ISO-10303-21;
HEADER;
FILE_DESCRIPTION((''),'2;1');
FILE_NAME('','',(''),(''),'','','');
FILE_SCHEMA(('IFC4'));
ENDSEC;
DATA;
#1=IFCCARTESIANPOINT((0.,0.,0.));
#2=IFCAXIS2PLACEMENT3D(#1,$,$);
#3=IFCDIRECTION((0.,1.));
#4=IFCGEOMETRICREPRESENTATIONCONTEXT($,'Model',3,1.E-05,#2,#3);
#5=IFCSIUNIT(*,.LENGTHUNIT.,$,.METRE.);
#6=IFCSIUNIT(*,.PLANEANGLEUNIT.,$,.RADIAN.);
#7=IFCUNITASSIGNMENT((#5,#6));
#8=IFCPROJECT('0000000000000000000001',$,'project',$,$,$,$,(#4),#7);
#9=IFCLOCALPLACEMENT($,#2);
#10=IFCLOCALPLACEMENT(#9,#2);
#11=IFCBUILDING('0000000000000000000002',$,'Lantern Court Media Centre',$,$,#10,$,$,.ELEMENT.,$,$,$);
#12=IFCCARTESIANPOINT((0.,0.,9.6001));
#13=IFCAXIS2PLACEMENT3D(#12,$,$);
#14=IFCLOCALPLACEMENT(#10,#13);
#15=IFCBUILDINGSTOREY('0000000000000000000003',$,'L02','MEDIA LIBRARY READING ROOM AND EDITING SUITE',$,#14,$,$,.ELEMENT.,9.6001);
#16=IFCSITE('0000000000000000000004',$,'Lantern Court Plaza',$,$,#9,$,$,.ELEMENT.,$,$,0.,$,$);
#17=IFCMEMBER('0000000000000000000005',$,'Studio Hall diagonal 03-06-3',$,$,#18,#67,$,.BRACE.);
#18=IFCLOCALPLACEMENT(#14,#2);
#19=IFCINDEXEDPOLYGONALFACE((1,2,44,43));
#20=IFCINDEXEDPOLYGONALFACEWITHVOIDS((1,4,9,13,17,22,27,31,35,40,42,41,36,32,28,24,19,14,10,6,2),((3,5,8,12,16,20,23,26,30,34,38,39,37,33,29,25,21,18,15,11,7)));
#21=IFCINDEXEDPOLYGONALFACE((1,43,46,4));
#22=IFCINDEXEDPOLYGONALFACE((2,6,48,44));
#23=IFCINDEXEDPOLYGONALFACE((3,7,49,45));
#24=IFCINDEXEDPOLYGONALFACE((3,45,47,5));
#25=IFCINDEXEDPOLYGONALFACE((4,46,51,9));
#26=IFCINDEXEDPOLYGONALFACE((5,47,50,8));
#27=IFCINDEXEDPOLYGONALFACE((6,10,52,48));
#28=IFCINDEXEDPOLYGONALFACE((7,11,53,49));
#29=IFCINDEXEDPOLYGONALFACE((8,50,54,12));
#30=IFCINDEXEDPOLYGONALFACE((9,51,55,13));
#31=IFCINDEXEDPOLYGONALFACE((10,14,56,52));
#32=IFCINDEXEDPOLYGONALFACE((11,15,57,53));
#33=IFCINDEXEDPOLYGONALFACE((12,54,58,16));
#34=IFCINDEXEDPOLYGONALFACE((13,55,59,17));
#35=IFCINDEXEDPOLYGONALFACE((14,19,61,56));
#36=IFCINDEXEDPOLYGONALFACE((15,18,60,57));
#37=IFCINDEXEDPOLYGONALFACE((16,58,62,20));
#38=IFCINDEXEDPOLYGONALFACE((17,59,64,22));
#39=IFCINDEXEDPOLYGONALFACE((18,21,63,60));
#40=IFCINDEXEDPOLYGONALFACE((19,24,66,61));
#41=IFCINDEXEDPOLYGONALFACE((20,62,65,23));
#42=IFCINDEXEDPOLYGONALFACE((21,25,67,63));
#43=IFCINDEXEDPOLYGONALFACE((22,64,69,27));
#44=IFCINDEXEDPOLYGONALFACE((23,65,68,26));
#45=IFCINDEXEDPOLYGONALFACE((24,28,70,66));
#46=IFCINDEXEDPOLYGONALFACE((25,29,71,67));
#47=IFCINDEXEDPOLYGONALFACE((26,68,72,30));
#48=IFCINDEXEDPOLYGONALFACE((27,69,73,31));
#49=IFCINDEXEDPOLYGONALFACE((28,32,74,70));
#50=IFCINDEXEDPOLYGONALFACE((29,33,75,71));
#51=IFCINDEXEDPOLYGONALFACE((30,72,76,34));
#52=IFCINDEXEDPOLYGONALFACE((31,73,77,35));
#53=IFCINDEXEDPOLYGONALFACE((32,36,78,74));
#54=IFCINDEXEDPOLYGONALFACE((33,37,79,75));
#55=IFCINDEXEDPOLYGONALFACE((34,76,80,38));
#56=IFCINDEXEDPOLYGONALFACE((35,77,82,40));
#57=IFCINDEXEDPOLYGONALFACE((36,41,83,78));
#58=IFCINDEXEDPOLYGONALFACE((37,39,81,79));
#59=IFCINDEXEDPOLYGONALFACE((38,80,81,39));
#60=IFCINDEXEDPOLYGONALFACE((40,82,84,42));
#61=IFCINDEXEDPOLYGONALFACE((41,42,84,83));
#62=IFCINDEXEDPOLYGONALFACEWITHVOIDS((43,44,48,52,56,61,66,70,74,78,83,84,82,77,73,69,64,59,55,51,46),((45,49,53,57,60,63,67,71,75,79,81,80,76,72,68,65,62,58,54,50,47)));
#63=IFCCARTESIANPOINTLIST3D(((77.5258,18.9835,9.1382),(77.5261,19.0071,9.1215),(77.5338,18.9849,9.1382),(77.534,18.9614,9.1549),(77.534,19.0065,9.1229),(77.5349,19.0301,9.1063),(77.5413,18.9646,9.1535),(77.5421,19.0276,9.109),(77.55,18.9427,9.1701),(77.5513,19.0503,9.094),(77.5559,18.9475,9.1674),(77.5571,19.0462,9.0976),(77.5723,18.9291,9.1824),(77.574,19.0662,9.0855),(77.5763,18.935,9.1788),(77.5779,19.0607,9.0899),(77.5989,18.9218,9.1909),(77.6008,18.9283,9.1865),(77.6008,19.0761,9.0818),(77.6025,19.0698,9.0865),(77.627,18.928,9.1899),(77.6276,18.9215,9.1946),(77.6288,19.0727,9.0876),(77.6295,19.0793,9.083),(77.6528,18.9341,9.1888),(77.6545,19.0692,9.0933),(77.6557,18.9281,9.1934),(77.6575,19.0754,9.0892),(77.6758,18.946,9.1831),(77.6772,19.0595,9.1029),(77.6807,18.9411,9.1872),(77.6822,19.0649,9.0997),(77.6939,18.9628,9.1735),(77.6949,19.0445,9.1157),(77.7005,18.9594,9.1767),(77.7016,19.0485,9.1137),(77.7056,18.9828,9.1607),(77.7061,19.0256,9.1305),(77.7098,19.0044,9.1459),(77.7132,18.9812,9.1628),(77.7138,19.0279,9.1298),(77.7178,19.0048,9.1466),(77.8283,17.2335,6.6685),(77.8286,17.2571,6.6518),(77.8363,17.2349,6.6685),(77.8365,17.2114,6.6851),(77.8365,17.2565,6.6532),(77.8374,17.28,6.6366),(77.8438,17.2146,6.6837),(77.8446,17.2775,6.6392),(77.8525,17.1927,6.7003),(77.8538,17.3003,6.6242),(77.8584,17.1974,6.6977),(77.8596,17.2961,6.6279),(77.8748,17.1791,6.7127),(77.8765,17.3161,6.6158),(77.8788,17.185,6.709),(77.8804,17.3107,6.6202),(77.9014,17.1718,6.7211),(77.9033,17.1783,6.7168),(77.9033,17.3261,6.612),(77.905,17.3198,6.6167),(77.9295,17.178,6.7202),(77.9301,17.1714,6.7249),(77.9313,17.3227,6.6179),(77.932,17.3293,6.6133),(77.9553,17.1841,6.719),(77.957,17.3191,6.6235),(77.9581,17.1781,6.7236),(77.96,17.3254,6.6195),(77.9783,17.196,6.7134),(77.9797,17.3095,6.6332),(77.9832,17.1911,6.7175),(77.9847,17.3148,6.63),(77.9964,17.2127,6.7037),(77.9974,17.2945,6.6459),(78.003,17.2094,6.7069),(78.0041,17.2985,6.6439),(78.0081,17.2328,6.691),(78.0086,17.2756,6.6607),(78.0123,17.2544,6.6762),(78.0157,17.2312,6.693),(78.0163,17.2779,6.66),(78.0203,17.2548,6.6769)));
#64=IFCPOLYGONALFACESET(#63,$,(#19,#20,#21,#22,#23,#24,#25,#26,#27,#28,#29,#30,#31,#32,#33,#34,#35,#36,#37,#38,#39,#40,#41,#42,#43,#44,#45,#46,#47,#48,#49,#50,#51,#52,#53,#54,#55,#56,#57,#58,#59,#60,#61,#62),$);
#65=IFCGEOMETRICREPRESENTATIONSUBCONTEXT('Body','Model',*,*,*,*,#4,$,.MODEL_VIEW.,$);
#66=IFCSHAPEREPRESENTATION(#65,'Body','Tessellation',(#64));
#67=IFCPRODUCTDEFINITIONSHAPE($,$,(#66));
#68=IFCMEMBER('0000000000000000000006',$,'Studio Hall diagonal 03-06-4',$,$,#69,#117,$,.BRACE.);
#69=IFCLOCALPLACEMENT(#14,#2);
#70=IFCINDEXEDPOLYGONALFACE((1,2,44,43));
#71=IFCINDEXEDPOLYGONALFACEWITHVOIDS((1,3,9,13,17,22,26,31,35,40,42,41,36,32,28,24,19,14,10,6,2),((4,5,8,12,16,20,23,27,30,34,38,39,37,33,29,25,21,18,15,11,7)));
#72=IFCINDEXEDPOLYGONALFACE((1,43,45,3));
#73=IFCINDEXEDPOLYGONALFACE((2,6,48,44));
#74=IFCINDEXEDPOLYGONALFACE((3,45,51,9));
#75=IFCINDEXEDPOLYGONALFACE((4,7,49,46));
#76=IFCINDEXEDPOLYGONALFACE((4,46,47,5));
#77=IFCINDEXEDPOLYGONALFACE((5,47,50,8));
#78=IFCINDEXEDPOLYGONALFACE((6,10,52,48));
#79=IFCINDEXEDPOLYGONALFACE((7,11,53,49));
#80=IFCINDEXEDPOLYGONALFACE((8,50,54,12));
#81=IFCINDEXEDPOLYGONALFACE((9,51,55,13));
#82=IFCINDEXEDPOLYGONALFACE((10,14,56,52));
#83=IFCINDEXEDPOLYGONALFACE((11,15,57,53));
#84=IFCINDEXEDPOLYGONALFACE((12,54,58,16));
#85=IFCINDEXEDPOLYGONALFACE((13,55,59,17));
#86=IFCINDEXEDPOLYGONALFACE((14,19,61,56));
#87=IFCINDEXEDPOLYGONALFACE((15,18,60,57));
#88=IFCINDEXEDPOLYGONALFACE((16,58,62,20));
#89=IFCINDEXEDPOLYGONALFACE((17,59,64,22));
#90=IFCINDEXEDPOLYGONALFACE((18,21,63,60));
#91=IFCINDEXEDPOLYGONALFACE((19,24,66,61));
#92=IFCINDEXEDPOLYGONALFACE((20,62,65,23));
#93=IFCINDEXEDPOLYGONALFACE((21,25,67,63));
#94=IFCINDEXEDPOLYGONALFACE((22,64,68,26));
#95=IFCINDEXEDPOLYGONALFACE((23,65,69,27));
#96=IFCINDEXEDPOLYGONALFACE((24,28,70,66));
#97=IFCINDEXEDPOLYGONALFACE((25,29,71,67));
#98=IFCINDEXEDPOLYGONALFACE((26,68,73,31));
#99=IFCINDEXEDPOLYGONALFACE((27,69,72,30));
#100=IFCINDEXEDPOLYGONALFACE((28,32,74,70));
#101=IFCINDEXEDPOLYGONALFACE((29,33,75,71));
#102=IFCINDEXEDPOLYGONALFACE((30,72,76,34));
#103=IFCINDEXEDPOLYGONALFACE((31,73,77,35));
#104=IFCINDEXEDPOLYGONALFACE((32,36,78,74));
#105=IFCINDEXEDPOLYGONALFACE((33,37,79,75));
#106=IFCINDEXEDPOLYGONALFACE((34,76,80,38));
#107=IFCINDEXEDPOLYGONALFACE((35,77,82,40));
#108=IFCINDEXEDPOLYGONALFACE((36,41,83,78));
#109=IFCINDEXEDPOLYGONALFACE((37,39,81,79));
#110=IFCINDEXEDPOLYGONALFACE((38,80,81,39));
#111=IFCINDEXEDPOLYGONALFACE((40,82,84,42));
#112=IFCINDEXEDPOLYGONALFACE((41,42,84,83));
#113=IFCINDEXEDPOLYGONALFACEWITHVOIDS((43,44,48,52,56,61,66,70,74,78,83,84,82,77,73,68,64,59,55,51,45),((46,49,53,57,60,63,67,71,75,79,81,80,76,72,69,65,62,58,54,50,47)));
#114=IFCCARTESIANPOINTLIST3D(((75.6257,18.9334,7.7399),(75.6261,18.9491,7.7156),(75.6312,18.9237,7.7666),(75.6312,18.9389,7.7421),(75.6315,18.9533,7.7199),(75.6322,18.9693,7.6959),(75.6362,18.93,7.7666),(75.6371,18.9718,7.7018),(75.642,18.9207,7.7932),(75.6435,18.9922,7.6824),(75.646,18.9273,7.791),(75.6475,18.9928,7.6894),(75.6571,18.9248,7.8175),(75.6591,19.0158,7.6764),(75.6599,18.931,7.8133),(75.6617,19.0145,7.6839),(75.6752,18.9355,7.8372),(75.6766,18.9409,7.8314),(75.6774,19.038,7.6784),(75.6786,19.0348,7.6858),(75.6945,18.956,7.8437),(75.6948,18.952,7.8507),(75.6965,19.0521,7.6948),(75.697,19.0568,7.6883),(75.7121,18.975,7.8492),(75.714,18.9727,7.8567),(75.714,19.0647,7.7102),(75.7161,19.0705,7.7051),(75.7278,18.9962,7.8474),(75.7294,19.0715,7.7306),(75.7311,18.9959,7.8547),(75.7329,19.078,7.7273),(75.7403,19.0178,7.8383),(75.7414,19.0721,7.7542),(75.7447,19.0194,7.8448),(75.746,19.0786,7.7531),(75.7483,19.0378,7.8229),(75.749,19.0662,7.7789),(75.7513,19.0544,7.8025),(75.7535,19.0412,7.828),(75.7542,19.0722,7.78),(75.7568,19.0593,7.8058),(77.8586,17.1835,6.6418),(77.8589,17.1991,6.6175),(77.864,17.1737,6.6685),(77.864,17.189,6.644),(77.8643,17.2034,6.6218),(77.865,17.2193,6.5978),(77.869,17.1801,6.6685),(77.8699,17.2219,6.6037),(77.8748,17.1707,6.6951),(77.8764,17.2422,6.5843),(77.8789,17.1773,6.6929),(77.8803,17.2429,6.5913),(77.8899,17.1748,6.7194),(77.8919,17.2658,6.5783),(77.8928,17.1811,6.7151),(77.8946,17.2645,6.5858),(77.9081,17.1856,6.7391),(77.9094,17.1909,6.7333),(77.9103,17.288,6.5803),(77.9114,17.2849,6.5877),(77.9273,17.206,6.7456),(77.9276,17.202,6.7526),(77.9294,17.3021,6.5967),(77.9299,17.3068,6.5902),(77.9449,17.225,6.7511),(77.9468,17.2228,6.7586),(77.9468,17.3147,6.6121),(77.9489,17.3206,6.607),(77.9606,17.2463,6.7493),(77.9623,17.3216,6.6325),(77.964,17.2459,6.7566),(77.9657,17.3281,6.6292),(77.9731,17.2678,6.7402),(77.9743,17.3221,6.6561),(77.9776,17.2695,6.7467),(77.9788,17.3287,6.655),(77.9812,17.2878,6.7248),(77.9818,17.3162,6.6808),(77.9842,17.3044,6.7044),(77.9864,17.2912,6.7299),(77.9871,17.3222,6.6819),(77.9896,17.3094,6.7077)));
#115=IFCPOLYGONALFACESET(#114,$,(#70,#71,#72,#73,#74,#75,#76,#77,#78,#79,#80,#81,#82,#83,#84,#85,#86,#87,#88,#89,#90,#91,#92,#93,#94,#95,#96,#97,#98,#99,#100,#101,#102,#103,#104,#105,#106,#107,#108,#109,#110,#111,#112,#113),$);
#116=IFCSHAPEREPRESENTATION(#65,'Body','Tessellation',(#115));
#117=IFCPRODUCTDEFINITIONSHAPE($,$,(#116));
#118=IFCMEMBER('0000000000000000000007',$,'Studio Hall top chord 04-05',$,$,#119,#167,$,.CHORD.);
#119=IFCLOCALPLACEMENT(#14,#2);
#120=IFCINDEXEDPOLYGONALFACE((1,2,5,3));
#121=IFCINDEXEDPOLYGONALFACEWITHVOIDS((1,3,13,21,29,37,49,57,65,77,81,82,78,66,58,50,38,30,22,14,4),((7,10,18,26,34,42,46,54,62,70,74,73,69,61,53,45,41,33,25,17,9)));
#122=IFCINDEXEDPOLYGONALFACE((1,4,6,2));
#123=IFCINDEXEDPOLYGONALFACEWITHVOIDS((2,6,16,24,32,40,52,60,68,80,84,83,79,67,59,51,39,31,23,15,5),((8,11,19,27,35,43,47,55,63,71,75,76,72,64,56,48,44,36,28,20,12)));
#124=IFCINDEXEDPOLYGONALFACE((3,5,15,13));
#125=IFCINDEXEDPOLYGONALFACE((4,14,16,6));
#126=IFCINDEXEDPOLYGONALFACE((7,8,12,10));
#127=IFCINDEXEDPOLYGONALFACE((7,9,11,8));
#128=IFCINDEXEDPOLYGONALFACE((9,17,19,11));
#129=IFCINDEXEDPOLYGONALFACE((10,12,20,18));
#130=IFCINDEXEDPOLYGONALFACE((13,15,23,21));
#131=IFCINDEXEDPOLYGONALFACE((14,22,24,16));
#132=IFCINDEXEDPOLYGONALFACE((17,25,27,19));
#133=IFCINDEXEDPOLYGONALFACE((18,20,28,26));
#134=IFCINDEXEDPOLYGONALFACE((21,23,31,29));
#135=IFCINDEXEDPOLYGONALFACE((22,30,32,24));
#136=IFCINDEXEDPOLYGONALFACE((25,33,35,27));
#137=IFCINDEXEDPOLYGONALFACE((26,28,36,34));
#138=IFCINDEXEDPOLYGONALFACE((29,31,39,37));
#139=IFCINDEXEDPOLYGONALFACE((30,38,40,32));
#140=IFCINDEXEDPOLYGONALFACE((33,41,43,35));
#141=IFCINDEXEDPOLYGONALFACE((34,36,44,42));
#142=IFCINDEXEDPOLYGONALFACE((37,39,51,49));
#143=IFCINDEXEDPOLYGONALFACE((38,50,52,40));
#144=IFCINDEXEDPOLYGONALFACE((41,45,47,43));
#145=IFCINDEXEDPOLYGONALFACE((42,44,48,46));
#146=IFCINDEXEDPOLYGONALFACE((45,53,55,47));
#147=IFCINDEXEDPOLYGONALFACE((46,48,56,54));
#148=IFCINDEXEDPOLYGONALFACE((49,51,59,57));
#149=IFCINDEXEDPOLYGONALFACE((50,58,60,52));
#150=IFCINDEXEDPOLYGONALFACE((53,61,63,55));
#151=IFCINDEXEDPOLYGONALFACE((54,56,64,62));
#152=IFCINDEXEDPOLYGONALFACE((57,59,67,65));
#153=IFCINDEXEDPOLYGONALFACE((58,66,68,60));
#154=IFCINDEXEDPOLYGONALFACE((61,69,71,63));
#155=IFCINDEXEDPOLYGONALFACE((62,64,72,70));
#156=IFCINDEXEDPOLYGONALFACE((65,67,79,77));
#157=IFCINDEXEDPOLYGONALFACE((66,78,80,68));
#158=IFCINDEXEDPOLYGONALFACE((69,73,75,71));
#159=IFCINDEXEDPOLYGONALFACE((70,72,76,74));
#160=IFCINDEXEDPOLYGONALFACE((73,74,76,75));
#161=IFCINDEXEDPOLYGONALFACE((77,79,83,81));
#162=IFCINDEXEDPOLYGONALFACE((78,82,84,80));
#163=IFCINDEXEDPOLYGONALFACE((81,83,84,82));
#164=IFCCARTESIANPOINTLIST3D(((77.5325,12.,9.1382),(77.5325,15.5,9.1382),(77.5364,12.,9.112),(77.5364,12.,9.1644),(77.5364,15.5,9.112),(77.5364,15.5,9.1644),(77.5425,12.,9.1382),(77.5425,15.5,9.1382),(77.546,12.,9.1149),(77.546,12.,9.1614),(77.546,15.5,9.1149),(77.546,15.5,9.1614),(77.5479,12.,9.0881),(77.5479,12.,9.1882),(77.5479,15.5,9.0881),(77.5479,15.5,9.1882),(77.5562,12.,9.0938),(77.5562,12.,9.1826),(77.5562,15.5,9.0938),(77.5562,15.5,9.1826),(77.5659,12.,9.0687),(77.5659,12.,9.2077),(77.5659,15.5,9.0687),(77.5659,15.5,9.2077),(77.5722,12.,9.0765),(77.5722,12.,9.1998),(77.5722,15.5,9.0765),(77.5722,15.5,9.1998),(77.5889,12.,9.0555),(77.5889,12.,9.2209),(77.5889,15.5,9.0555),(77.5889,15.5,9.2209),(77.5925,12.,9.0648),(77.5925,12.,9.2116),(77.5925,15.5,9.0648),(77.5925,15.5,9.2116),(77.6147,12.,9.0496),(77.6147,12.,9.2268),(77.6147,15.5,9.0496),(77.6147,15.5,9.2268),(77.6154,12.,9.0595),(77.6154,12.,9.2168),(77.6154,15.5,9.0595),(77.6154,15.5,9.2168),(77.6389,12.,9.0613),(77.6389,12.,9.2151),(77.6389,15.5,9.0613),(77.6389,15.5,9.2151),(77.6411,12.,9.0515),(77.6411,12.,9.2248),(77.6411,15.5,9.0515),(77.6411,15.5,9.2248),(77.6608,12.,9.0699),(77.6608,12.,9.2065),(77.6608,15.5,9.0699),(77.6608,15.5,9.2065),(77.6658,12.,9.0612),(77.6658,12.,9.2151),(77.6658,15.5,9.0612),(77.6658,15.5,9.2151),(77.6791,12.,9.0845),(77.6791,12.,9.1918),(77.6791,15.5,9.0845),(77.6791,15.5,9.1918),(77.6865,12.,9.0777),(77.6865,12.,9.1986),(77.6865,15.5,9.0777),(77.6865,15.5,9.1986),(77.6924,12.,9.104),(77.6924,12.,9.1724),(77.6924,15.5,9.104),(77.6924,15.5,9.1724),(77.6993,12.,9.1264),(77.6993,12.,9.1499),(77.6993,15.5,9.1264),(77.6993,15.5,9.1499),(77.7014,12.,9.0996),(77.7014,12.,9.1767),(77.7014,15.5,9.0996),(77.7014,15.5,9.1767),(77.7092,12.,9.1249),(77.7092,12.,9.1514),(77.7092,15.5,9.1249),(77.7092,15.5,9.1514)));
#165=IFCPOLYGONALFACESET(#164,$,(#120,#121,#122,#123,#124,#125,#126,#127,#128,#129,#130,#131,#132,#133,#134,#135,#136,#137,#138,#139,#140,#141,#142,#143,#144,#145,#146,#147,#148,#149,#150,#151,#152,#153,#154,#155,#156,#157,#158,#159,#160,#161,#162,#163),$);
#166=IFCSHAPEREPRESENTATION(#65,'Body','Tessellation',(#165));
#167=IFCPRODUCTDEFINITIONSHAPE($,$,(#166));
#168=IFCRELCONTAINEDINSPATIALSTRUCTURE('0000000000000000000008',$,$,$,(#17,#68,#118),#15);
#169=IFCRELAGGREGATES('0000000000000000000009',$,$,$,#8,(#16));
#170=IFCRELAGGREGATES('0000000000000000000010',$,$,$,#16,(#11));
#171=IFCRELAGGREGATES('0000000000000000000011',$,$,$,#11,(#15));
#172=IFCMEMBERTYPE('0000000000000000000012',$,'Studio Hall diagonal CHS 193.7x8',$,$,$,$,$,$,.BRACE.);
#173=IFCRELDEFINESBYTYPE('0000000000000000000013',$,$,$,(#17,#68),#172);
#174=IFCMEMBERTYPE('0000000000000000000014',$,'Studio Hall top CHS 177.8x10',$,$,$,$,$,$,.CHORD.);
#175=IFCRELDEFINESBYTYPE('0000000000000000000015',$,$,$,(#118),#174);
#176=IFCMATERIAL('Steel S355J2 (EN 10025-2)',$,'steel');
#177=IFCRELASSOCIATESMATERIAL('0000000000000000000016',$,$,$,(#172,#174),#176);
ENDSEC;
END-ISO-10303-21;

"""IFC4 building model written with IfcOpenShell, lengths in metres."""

from ifc_helpers import new_model, si_unit, direction, frame, origin, origin_2d, place, context, subcontext, project, spatial, hollow_circle, extrude, material, material_profile, profile_set, type_object, element, save


model = new_model("IFC4")

# Units and contexts
model_context = context("Model", 3, precision=1e-05, world=origin(), true_north=direction((0.0, 1.0)))
body_context = subcontext(model_context, "Body", "Model", "MODEL_VIEW")
ifc_project = project(units=[si_unit("LENGTHUNIT", "METRE"), si_unit("PLANEANGLEUNIT", "RADIAN")], contexts=[model_context])

# Site, building, storey
site_placement = place(None, origin())
site = spatial("IfcSite", under=ifc_project, at=site_placement, Name="Lantern Court Plaza", CompositionType="ELEMENT", RefElevation=0.0)
building_placement = place(site_placement, origin())
building = spatial("IfcBuilding", under=site, at=building_placement, Name="Lantern Court Media Centre", CompositionType="ELEMENT")
storey_placement = place(building_placement, frame((0.0, 0.0, 9.6001)))
storey = spatial("IfcBuildingStorey", under=building, at=storey_placement, Name="L02", Description="MEDIA LIBRARY READING ROOM AND EDITING SUITE", CompositionType="ELEMENT", Elevation=9.6001)

# Members
ifc_material = material(Name="Steel S355J2 (EN 10025-2)", Category="steel")
ifc_material_profile_1 = material_profile(ifc_material, hollow_circle(Radius=0.0969, WallThickness=0.0081, at=origin_2d()), Name="Studio Hall diagonal CHS 193.7x8")
ifc_profile_set_1 = profile_set([ifc_material_profile_1], Name="Steel S355J2 (EN 10025-2)")
member_type_1 = type_object("IfcMemberType", Name="Studio Hall diagonal CHS 193.7x8", PredefinedType="BRACE", material=ifc_profile_set_1)
for number, where, z_axis, x_axis, name in (
    (1, (77.9238, 17.25, 6.6685), (-0.099439, 0.575286, 0.811885), (-0.985388, -0.170326, 0.0), "Studio Hall diagonal 03-06-3"),
    (2, (77.9238, 17.25, 6.6685), (-0.734005, 0.575262, 0.360984), (-0.616856, -0.787076, 0.0), "Studio Hall diagonal 03-06-4"),
):
    element("IfcMember", number, at=place(storey_placement, frame(where, z_axis=z_axis, x_axis=x_axis)), inside=storey, type_object=member_type_1, Name=name, PredefinedType="BRACE", context=body_context, shape_type="SweptSolid", body=[
        extrude(hollow_circle(Radius=0.0969, WallThickness=0.0081, at=origin_2d()), origin(), (0.0, 0.0, 1.0), 3.042),
    ])
ifc_material_profile_2 = material_profile(ifc_material, hollow_circle(Radius=0.0889, WallThickness=0.01, at=origin_2d()), Name="Studio Hall top CHS 177.8x10")
ifc_profile_set_2 = profile_set([ifc_material_profile_2], Name="Steel S355J2 (EN 10025-2)")
member_type_2 = type_object("IfcMemberType", Name="Studio Hall top CHS 177.8x10", PredefinedType="CHORD", material=ifc_profile_set_2)
member_1_placement = place(storey_placement, frame((77.6213, 12.0, 9.1382), z_axis=(0.0, 1.0, 0.0), x_axis=(-1.0, 0.0, 0.0)))
element("IfcMember", 3, at=member_1_placement, inside=storey, type_object=member_type_2, Name="Studio Hall top chord 04-05", PredefinedType="CHORD", context=body_context, shape_type="SweptSolid", body=[
    extrude(hollow_circle(Radius=0.0889, WallThickness=0.01, at=origin_2d()), origin(), (0.0, 0.0, 1.0), 3.5),
])

save(model, "model.ifc")
